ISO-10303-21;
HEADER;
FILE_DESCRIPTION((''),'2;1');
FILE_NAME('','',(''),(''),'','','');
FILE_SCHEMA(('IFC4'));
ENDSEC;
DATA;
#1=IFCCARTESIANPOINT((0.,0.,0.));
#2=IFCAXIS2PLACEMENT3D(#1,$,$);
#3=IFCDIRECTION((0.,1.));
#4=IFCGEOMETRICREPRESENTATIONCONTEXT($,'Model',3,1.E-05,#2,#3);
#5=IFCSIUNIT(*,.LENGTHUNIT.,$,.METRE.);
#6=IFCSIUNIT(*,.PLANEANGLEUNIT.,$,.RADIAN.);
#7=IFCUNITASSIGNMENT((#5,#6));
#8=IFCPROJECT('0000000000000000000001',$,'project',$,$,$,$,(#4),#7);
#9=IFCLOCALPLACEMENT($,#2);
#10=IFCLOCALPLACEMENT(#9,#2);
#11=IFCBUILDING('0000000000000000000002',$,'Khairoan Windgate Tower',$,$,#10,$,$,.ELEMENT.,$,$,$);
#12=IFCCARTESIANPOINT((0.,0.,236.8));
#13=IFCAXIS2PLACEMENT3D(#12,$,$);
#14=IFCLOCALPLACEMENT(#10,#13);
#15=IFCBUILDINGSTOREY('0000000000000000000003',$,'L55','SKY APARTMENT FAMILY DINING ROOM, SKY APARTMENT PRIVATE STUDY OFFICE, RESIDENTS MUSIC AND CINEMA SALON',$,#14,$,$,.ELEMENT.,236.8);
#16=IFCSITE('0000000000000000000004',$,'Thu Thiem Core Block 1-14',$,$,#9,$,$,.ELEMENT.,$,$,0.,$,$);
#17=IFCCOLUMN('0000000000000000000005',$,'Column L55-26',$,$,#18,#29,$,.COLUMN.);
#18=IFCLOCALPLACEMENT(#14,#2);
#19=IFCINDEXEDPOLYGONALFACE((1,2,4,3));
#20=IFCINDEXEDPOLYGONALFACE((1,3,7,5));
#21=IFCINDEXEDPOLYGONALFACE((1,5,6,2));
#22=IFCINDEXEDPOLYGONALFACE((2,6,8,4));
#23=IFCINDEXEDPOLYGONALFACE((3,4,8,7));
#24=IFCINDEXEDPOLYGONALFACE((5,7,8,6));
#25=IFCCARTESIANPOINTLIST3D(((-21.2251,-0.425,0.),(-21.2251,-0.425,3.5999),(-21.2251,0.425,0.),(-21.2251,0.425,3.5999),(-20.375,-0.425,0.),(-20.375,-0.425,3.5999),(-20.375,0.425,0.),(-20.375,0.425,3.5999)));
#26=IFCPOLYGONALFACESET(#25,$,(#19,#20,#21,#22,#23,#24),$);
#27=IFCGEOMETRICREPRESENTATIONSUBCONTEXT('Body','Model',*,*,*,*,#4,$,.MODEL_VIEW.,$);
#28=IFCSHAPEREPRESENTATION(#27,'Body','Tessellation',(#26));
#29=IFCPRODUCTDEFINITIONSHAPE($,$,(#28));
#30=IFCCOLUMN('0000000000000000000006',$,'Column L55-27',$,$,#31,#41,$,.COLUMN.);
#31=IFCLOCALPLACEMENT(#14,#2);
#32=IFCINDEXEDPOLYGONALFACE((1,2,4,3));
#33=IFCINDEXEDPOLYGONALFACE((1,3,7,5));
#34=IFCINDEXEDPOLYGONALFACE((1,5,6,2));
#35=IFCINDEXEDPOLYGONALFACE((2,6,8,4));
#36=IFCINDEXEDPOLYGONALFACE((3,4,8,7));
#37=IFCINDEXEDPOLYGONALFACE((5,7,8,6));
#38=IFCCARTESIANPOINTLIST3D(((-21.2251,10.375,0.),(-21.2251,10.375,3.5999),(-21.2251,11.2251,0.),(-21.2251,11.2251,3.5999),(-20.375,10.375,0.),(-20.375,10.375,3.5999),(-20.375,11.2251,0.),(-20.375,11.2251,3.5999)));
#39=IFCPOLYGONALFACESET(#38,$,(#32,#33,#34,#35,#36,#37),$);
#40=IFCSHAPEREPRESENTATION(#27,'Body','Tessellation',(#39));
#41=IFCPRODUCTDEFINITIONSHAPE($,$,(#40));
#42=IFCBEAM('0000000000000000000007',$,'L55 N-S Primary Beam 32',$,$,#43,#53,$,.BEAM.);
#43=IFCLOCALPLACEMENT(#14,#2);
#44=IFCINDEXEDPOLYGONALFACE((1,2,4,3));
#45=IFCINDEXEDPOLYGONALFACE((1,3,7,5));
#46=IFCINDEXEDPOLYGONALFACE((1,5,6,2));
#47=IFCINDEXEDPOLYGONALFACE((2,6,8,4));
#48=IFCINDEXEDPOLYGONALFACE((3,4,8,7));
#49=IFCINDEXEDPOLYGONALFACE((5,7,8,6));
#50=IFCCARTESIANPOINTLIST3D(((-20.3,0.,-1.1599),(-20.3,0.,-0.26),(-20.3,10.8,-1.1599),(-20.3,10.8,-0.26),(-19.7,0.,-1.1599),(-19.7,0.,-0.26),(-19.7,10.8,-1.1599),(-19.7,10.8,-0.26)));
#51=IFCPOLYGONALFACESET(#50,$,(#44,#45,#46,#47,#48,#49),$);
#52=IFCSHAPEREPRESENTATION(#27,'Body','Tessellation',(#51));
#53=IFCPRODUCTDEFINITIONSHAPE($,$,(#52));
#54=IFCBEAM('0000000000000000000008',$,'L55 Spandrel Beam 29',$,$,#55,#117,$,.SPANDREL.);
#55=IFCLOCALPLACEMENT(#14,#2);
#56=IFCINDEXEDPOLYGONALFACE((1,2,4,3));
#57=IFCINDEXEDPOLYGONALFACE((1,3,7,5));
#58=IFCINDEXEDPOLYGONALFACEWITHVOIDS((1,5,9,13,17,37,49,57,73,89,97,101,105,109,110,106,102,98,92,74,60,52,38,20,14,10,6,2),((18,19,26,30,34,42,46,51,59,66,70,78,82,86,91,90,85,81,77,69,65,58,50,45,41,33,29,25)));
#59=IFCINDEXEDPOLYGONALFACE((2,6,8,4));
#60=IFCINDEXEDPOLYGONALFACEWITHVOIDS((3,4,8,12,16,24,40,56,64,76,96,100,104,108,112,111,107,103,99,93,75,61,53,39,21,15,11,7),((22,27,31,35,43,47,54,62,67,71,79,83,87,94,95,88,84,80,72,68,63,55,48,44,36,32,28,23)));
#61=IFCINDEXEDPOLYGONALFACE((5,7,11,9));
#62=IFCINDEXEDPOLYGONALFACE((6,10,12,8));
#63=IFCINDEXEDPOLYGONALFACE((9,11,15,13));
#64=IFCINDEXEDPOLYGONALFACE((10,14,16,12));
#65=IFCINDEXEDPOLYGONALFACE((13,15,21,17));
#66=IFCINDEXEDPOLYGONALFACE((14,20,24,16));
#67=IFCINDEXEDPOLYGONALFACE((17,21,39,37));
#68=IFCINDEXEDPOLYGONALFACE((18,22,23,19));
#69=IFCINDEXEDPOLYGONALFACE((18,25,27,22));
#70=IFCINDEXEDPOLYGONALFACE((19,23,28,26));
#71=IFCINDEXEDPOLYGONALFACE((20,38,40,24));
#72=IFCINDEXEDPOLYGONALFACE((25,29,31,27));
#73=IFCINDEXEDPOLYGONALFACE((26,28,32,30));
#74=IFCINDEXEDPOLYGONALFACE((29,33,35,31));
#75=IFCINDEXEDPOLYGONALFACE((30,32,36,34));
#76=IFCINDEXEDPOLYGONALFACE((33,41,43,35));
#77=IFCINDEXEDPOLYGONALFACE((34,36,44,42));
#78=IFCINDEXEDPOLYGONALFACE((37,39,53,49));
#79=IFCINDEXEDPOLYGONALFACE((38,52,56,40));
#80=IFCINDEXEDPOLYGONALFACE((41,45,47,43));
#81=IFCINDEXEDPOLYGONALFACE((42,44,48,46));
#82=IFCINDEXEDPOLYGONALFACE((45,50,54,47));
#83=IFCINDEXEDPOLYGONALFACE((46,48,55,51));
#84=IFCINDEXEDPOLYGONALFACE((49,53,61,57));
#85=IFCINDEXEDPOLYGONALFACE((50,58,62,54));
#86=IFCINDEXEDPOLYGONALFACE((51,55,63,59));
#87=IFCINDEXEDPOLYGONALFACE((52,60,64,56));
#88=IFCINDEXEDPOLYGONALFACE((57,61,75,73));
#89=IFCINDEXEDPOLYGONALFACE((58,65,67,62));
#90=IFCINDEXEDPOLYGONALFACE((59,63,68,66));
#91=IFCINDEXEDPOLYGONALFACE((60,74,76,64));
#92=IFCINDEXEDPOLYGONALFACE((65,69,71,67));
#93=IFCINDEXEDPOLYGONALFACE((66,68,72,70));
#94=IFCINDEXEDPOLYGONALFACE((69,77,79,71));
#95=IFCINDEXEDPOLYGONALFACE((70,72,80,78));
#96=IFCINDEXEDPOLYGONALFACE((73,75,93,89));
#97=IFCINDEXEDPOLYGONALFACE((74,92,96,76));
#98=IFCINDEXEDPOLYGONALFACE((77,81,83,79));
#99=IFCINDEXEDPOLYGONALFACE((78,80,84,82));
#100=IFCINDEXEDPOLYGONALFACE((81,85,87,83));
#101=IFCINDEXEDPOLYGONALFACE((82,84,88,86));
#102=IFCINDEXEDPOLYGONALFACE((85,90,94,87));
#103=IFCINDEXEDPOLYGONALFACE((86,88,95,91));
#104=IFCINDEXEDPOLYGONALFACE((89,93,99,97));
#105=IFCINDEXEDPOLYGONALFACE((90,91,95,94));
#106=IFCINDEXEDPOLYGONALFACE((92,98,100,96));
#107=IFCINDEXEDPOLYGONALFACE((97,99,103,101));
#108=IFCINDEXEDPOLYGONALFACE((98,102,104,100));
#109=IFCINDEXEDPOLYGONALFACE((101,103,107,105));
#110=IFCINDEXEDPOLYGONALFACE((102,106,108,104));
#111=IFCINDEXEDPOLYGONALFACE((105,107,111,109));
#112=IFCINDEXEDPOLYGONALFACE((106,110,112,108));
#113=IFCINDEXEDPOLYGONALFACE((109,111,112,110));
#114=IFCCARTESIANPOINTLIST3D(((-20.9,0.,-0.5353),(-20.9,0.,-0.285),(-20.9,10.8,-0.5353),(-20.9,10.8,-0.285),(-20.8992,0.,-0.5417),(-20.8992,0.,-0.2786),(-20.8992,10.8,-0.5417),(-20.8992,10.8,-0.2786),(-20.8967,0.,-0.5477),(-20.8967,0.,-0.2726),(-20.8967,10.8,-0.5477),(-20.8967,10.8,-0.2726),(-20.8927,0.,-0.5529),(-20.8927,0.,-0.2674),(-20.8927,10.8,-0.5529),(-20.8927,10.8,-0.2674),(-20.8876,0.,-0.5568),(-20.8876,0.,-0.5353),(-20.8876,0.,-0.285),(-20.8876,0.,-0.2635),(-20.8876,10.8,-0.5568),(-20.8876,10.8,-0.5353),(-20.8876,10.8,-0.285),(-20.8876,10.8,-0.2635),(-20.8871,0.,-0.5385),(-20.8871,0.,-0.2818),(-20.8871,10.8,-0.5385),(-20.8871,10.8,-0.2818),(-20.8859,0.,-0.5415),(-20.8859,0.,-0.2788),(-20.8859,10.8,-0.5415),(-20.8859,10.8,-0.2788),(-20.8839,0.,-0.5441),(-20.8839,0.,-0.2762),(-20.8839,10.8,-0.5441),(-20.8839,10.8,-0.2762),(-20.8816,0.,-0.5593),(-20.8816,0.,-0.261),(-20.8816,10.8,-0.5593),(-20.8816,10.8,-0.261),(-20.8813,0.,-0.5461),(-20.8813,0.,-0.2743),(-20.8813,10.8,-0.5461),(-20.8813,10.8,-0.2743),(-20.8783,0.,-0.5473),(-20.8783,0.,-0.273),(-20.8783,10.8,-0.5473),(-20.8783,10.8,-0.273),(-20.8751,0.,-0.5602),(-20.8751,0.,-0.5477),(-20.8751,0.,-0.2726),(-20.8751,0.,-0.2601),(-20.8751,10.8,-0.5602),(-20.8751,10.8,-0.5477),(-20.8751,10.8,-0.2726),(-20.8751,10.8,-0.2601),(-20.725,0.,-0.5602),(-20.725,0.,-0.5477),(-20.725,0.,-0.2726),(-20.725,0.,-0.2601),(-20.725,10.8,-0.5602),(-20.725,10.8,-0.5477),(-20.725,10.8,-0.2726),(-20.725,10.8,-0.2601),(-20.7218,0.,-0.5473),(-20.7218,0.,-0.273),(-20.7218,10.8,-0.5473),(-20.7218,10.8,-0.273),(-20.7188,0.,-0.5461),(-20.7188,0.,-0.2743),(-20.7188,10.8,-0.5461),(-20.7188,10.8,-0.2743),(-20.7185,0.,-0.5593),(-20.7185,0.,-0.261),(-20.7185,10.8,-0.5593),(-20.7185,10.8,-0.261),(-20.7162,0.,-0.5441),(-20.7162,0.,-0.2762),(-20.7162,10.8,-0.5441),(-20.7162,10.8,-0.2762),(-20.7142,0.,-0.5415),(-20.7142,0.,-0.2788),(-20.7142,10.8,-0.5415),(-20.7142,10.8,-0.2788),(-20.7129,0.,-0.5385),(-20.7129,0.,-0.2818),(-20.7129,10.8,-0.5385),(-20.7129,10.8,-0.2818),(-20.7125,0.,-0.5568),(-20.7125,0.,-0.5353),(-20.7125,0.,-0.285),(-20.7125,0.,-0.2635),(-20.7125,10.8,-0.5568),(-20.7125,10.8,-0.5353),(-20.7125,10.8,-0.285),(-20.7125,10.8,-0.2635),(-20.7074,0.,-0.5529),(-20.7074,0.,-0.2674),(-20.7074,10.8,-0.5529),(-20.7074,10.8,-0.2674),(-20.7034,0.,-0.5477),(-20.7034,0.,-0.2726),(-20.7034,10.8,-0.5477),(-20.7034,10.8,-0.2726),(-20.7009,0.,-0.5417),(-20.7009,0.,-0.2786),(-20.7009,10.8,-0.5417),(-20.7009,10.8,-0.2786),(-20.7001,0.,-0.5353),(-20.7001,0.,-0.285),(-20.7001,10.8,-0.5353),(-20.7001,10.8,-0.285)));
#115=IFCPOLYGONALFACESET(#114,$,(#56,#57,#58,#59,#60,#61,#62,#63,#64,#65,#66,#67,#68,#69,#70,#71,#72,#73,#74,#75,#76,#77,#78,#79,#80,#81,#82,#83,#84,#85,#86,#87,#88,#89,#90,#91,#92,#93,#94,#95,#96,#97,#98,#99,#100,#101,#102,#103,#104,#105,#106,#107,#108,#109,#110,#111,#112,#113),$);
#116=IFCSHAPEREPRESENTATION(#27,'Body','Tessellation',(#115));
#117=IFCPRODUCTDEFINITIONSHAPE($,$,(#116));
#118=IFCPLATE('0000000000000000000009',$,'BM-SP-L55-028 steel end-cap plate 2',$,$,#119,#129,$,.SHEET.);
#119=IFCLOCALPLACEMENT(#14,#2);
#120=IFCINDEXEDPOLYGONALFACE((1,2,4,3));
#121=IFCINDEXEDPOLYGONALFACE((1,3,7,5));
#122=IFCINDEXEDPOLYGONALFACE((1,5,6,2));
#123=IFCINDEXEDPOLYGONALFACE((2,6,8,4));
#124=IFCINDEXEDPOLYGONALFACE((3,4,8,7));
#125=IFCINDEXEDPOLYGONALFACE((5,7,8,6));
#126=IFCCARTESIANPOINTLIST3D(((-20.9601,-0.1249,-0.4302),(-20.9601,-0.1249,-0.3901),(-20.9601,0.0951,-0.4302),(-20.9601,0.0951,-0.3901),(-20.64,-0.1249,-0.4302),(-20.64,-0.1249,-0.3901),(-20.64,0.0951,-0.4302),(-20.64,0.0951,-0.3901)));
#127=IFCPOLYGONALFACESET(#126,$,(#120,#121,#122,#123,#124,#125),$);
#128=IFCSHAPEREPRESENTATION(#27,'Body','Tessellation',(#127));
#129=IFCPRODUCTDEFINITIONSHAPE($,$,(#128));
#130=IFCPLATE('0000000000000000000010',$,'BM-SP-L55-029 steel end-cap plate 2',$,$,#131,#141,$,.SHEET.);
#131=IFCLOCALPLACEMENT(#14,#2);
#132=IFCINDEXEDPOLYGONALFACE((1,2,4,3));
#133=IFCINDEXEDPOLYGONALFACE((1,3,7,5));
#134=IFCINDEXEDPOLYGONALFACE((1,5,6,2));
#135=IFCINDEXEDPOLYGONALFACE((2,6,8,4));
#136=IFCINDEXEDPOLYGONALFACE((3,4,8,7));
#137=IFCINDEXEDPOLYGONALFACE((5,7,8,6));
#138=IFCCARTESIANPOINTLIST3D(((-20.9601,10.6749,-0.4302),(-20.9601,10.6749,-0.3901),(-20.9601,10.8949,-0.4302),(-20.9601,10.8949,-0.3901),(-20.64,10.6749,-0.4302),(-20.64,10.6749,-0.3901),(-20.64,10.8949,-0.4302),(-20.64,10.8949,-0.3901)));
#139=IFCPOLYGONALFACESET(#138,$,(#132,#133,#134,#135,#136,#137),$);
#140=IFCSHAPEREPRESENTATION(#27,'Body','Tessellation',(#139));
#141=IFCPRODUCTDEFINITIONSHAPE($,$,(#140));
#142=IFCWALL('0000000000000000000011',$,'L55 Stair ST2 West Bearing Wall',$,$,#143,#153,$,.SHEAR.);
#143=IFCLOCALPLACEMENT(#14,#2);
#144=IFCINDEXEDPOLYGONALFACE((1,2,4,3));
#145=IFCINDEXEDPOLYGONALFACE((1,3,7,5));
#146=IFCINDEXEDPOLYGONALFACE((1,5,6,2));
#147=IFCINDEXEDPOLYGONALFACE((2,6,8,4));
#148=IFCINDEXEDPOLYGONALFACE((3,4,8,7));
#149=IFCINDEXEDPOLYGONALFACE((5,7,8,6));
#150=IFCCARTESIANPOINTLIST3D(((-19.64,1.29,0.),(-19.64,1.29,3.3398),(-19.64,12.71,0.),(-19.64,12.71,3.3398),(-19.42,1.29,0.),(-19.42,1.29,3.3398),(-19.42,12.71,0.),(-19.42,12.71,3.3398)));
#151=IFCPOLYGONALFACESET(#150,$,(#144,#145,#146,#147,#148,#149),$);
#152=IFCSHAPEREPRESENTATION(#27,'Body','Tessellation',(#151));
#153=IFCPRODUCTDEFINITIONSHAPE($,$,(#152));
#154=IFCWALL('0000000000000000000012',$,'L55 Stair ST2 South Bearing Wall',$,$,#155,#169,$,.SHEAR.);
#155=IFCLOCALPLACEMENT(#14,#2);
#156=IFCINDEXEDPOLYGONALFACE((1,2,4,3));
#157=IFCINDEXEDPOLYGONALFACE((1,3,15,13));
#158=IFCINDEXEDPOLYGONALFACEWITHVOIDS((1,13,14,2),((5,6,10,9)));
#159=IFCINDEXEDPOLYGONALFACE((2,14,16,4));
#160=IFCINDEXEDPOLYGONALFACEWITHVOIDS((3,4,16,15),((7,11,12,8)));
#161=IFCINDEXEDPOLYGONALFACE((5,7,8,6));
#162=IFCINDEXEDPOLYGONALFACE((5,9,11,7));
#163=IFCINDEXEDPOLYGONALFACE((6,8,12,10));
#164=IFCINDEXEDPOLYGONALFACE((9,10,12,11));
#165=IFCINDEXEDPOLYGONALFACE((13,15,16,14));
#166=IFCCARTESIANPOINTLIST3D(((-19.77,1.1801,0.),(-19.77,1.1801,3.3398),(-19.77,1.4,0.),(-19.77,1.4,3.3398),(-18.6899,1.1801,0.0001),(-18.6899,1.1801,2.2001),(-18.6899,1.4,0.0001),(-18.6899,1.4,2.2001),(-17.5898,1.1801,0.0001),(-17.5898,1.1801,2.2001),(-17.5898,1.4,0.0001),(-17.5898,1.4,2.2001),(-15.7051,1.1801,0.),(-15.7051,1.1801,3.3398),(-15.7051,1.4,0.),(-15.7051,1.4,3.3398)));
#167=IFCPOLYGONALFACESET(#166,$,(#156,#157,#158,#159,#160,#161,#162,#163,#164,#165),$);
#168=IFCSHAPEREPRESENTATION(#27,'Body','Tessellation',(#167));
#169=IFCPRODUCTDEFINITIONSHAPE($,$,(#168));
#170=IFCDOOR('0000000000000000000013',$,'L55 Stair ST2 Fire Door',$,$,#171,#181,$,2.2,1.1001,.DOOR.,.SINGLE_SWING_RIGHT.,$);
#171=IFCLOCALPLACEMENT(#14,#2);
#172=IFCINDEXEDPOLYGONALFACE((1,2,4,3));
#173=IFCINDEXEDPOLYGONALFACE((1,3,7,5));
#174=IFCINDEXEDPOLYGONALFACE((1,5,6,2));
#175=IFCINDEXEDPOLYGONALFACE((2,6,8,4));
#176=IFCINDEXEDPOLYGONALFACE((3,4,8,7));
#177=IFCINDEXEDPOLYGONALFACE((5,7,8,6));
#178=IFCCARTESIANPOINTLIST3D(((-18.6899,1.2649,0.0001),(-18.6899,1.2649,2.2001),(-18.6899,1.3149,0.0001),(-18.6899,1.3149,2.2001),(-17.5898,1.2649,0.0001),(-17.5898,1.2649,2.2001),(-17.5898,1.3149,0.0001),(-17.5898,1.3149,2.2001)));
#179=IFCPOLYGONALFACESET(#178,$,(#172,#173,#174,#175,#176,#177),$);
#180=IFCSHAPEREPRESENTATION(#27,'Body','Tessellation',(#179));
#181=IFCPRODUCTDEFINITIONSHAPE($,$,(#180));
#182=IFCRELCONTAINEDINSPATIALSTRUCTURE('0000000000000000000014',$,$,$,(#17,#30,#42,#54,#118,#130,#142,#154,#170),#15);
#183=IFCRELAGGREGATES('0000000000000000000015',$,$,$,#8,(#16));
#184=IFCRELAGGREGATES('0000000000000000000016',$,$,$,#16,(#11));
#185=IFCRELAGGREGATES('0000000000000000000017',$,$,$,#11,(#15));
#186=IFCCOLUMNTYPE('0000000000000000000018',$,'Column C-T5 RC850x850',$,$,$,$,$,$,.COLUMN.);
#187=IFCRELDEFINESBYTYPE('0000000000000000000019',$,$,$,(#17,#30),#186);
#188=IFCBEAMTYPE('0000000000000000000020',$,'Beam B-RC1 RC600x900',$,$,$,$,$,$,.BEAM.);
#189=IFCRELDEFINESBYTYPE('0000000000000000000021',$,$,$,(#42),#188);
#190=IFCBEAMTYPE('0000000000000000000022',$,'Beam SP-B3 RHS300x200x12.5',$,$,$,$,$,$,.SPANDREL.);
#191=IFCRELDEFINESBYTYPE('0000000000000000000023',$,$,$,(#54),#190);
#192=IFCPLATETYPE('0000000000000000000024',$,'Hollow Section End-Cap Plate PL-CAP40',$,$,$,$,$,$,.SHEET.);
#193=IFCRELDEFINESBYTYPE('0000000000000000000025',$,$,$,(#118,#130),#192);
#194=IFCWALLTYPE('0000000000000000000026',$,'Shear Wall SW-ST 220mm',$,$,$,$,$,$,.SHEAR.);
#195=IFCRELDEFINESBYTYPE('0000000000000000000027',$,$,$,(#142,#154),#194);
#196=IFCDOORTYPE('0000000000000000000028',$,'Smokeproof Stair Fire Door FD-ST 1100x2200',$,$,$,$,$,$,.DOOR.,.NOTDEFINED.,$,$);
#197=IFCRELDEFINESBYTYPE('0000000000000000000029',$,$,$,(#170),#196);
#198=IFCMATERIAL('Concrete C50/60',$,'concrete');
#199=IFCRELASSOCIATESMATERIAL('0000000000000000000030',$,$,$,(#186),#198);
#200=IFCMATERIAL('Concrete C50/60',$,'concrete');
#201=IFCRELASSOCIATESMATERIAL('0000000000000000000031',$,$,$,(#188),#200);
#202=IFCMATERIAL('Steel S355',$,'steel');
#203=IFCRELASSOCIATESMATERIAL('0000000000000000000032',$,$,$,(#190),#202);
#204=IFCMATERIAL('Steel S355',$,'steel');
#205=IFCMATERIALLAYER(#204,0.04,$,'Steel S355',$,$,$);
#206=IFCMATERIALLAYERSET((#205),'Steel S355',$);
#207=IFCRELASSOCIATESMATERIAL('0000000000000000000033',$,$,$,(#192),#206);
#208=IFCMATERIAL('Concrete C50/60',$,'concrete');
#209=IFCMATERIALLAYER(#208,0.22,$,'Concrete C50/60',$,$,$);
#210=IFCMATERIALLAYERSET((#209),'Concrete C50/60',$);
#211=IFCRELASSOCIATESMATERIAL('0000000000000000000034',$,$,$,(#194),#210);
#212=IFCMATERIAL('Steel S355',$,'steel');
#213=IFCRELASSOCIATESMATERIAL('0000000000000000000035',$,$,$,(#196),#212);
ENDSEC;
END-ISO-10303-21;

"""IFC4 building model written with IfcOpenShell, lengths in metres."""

from ifc_helpers import new_model, si_unit, direction, frame, frame_2d, origin, origin_2d, place, context, subcontext, project, spatial, rectangle, hollow_rectangle, extrude, material, layer, layer_set, material_profile, profile_set, type_object, element, fill, save


model = new_model("IFC4")

# Units and contexts
model_context = context("Model", 3, precision=1e-05, world=origin(), true_north=direction((0.0, 1.0)))
body_context = subcontext(model_context, "Body", "Model", "MODEL_VIEW")
ifc_project = project(units=[si_unit("LENGTHUNIT", "METRE"), si_unit("PLANEANGLEUNIT", "RADIAN")], contexts=[model_context])

# Site, building, storey
site_placement = place(None, origin())
site = spatial("IfcSite", under=ifc_project, at=site_placement, Name="Thu Thiem Core Block 1-14", CompositionType="ELEMENT", RefElevation=0.0)
building_placement = place(site_placement, origin())
building = spatial("IfcBuilding", under=site, at=building_placement, Name="Khairoan Windgate Tower", CompositionType="ELEMENT")
storey_placement = place(building_placement, frame((0.0, 0.0, 236.8)))
storey = spatial("IfcBuildingStorey", under=building, at=storey_placement, Name="L55", Description="SKY APARTMENT FAMILY DINING ROOM, SKY APARTMENT PRIVATE STUDY OFFICE, RESIDENTS MUSIC AND CINEMA SALON", CompositionType="ELEMENT", Elevation=236.8)

# Columns
ifc_material_1 = material(Name="Concrete C50/60", Category="concrete")
ifc_material_profile_1 = material_profile(ifc_material_1, rectangle(XDim=0.8501, YDim=0.8501, at=origin_2d()))
ifc_profile_set_1 = profile_set([ifc_material_profile_1], Name="Concrete C50/60")
column_type = type_object("IfcColumnType", Name="Column C-T5 RC850x850", PredefinedType="COLUMN", material=ifc_profile_set_1)
for number, where, z_axis, x_axis, name in (
    (1, (-20.8, 0.0, 0.0), (0.0, 0.0, 1.0), (1.0, 0.0, 0.0), "Column L55-26"),
    (2, (-20.8, 10.8, 0.0), (0.0, 0.0, 1.0), (1.0, 0.0, 0.0), "Column L55-27"),
):
    element("IfcColumn", number, at=place(storey_placement, frame(where, z_axis=z_axis, x_axis=x_axis)), inside=storey, type_object=column_type, Name=name, PredefinedType="COLUMN", context=body_context, shape_type="SweptSolid", body=[
        extrude(rectangle(XDim=0.8501, YDim=0.8501, at=origin_2d()), origin(), (0.0, 0.0, 1.0), 3.5999),
    ])

# Beams
ifc_material_2 = material(Name="Concrete C50/60", Category="concrete")
ifc_material_profile_2 = material_profile(ifc_material_2, rectangle(XDim=0.6001, YDim=0.8999, at=origin_2d()))
ifc_profile_set_2 = profile_set([ifc_material_profile_2], Name="Concrete C50/60")
beam_type_1 = type_object("IfcBeamType", Name="Beam B-RC1 RC600x900", PredefinedType="BEAM", material=ifc_profile_set_2)
beam_1_placement = place(storey_placement, frame((-20.0, 0.0, -0.71), z_axis=(0.0, 1.0, 0.0), x_axis=(-1.0, 0.0, 0.0)))
element("IfcBeam", 3, at=beam_1_placement, inside=storey, type_object=beam_type_1, Name="L55 N-S Primary Beam 32", PredefinedType="BEAM", context=body_context, shape_type="SweptSolid", body=[
    extrude(rectangle(XDim=0.6001, YDim=0.8999, at=origin_2d()), origin(), (0.0, 0.0, 1.0), 10.8),
])
ifc_material_3 = material(Name="Steel S355", Category="steel")
ifc_material_profile_3 = material_profile(ifc_material_3, hollow_rectangle(XDim=0.2, YDim=0.3, WallThickness=0.0125, InnerFilletRadius=0.0125, OuterFilletRadius=0.0249, at=origin_2d()))
ifc_profile_set_3 = profile_set([ifc_material_profile_3], Name="Steel S355")
beam_type_2 = type_object("IfcBeamType", Name="Beam SP-B3 RHS300x200x12.5", PredefinedType="SPANDREL", material=ifc_profile_set_3)
beam_2_placement = place(storey_placement, frame((-20.8, 0.0, -0.4102), z_axis=(0.0, 1.0, 0.0), x_axis=(-1.0, 0.0, 0.0)))
element("IfcBeam", 4, at=beam_2_placement, inside=storey, type_object=beam_type_2, Name="L55 Spandrel Beam 29", PredefinedType="SPANDREL", context=body_context, shape_type="SweptSolid", body=[
    extrude(hollow_rectangle(XDim=0.2, YDim=0.3, WallThickness=0.0125, InnerFilletRadius=0.0125, OuterFilletRadius=0.0249, at=origin_2d()), origin(), (0.0, 0.0, 1.0), 10.8),
])

# Plates
ifc_material_4 = material(Name="Steel S355", Category="steel")
ifc_layer_1 = layer(ifc_material_4, 0.04, Name="Steel S355")
ifc_layer_set_1 = layer_set([ifc_layer_1], Name="Steel S355")
plate_type = type_object("IfcPlateType", Name="Hollow Section End-Cap Plate PL-CAP40", PredefinedType="SHEET", material=ifc_layer_set_1)
for number, where, z_axis, x_axis, name in (
    (5, (-20.8, -0.0149, -0.4302), (0.0, 0.0, 1.0), (0.0, 1.0, 0.0), "BM-SP-L55-028 steel end-cap plate 2"),
    (6, (-20.8, 10.7849, -0.4302), (0.0, 0.0, 1.0), (0.0, 1.0, 0.0), "BM-SP-L55-029 steel end-cap plate 2"),
):
    element("IfcPlate", number, at=place(storey_placement, frame(where, z_axis=z_axis, x_axis=x_axis)), inside=storey, type_object=plate_type, Name=name, PredefinedType="SHEET", context=body_context, shape_type="SweptSolid", body=[
        extrude(rectangle(XDim=0.22, YDim=0.3201, at=origin_2d()), origin(), (0.0, 0.0, 1.0), 0.04),
    ])

# Wall
ifc_material_5 = material(Name="Concrete C50/60", Category="concrete")
ifc_layer_2 = layer(ifc_material_5, 0.22, Name="Concrete C50/60")
ifc_layer_set_2 = layer_set([ifc_layer_2], Name="Concrete C50/60")
wall_type = type_object("IfcWallType", Name="Shear Wall SW-ST 220mm", PredefinedType="SHEAR", material=ifc_layer_set_2)
wall_1_placement = place(storey_placement, frame((-19.53, 1.29, 0.0), z_axis=(0.0, 0.0, 1.0), x_axis=(0.0, 1.0, 0.0)))
element("IfcWall", 7, at=wall_1_placement, inside=storey, type_object=wall_type, Name="L55 Stair ST2 West Bearing Wall", PredefinedType="SHEAR", context=body_context, shape_type="SweptSolid", body=[
    extrude(rectangle(XDim=11.4199, YDim=0.22, at=frame_2d((5.71, 0.0))), origin(), (0.0, 0.0, 1.0), 3.3398),
])

# Wall, opening, door
wall_2_placement = place(storey_placement, frame((-19.77, 1.29, 0.0), z_axis=(0.0, 0.0, 1.0), x_axis=(1.0, 0.0, 0.0)))
wall_2 = element("IfcWall", 8, at=wall_2_placement, inside=storey, type_object=wall_type, Name="L55 Stair ST2 South Bearing Wall", PredefinedType="SHEAR", context=body_context, shape_type="SweptSolid", body=[
    extrude(rectangle(XDim=4.0649, YDim=0.22, at=frame_2d((2.0325, 0.0))), origin(), (0.0, 0.0, 1.0), 3.3398),
])
opening_placement = place(wall_2_placement, frame((1.0801, 0.0, 0.0)))
opening = element("IfcOpeningElement", 9, at=opening_placement, cuts=wall_2, PredefinedType="OPENING", context=body_context, shape_type="SweptSolid", body=[
    extrude(rectangle(XDim=1.1001, YDim=2.2, at=frame_2d((0.55, 1.1001))), frame((0.0, 0.1199, 0.0), z_axis=(0.0, -1.0, 0.0), x_axis=(1.0, 0.0, 0.0)), (0.0, 0.0, 1.0), 0.24),
])
ifc_material_6 = material(Name="Steel S355", Category="steel")
door_type = type_object("IfcDoorType", Name="Smokeproof Stair Fire Door FD-ST 1100x2200", OperationType="NOTDEFINED", PredefinedType="DOOR", material=ifc_material_6)
door_placement = place(opening_placement, origin())
door = element("IfcDoor", 10, at=door_placement, inside=storey, type_object=door_type, Name="L55 Stair ST2 Fire Door", OperationType="SINGLE_SWING_RIGHT", OverallHeight=2.2, OverallWidth=1.1001, PredefinedType="DOOR", context=body_context, shape_type="SweptSolid", body=[
    extrude(rectangle(XDim=1.1001, YDim=2.2, at=frame_2d((0.55, 1.1001))), frame((0.0, 0.0249, 0.0), z_axis=(0.0, -1.0, 0.0), x_axis=(1.0, 0.0, 0.0)), (0.0, 0.0, 1.0), 0.05),
])
fill(opening, door)

save(model, "model.ifc")
